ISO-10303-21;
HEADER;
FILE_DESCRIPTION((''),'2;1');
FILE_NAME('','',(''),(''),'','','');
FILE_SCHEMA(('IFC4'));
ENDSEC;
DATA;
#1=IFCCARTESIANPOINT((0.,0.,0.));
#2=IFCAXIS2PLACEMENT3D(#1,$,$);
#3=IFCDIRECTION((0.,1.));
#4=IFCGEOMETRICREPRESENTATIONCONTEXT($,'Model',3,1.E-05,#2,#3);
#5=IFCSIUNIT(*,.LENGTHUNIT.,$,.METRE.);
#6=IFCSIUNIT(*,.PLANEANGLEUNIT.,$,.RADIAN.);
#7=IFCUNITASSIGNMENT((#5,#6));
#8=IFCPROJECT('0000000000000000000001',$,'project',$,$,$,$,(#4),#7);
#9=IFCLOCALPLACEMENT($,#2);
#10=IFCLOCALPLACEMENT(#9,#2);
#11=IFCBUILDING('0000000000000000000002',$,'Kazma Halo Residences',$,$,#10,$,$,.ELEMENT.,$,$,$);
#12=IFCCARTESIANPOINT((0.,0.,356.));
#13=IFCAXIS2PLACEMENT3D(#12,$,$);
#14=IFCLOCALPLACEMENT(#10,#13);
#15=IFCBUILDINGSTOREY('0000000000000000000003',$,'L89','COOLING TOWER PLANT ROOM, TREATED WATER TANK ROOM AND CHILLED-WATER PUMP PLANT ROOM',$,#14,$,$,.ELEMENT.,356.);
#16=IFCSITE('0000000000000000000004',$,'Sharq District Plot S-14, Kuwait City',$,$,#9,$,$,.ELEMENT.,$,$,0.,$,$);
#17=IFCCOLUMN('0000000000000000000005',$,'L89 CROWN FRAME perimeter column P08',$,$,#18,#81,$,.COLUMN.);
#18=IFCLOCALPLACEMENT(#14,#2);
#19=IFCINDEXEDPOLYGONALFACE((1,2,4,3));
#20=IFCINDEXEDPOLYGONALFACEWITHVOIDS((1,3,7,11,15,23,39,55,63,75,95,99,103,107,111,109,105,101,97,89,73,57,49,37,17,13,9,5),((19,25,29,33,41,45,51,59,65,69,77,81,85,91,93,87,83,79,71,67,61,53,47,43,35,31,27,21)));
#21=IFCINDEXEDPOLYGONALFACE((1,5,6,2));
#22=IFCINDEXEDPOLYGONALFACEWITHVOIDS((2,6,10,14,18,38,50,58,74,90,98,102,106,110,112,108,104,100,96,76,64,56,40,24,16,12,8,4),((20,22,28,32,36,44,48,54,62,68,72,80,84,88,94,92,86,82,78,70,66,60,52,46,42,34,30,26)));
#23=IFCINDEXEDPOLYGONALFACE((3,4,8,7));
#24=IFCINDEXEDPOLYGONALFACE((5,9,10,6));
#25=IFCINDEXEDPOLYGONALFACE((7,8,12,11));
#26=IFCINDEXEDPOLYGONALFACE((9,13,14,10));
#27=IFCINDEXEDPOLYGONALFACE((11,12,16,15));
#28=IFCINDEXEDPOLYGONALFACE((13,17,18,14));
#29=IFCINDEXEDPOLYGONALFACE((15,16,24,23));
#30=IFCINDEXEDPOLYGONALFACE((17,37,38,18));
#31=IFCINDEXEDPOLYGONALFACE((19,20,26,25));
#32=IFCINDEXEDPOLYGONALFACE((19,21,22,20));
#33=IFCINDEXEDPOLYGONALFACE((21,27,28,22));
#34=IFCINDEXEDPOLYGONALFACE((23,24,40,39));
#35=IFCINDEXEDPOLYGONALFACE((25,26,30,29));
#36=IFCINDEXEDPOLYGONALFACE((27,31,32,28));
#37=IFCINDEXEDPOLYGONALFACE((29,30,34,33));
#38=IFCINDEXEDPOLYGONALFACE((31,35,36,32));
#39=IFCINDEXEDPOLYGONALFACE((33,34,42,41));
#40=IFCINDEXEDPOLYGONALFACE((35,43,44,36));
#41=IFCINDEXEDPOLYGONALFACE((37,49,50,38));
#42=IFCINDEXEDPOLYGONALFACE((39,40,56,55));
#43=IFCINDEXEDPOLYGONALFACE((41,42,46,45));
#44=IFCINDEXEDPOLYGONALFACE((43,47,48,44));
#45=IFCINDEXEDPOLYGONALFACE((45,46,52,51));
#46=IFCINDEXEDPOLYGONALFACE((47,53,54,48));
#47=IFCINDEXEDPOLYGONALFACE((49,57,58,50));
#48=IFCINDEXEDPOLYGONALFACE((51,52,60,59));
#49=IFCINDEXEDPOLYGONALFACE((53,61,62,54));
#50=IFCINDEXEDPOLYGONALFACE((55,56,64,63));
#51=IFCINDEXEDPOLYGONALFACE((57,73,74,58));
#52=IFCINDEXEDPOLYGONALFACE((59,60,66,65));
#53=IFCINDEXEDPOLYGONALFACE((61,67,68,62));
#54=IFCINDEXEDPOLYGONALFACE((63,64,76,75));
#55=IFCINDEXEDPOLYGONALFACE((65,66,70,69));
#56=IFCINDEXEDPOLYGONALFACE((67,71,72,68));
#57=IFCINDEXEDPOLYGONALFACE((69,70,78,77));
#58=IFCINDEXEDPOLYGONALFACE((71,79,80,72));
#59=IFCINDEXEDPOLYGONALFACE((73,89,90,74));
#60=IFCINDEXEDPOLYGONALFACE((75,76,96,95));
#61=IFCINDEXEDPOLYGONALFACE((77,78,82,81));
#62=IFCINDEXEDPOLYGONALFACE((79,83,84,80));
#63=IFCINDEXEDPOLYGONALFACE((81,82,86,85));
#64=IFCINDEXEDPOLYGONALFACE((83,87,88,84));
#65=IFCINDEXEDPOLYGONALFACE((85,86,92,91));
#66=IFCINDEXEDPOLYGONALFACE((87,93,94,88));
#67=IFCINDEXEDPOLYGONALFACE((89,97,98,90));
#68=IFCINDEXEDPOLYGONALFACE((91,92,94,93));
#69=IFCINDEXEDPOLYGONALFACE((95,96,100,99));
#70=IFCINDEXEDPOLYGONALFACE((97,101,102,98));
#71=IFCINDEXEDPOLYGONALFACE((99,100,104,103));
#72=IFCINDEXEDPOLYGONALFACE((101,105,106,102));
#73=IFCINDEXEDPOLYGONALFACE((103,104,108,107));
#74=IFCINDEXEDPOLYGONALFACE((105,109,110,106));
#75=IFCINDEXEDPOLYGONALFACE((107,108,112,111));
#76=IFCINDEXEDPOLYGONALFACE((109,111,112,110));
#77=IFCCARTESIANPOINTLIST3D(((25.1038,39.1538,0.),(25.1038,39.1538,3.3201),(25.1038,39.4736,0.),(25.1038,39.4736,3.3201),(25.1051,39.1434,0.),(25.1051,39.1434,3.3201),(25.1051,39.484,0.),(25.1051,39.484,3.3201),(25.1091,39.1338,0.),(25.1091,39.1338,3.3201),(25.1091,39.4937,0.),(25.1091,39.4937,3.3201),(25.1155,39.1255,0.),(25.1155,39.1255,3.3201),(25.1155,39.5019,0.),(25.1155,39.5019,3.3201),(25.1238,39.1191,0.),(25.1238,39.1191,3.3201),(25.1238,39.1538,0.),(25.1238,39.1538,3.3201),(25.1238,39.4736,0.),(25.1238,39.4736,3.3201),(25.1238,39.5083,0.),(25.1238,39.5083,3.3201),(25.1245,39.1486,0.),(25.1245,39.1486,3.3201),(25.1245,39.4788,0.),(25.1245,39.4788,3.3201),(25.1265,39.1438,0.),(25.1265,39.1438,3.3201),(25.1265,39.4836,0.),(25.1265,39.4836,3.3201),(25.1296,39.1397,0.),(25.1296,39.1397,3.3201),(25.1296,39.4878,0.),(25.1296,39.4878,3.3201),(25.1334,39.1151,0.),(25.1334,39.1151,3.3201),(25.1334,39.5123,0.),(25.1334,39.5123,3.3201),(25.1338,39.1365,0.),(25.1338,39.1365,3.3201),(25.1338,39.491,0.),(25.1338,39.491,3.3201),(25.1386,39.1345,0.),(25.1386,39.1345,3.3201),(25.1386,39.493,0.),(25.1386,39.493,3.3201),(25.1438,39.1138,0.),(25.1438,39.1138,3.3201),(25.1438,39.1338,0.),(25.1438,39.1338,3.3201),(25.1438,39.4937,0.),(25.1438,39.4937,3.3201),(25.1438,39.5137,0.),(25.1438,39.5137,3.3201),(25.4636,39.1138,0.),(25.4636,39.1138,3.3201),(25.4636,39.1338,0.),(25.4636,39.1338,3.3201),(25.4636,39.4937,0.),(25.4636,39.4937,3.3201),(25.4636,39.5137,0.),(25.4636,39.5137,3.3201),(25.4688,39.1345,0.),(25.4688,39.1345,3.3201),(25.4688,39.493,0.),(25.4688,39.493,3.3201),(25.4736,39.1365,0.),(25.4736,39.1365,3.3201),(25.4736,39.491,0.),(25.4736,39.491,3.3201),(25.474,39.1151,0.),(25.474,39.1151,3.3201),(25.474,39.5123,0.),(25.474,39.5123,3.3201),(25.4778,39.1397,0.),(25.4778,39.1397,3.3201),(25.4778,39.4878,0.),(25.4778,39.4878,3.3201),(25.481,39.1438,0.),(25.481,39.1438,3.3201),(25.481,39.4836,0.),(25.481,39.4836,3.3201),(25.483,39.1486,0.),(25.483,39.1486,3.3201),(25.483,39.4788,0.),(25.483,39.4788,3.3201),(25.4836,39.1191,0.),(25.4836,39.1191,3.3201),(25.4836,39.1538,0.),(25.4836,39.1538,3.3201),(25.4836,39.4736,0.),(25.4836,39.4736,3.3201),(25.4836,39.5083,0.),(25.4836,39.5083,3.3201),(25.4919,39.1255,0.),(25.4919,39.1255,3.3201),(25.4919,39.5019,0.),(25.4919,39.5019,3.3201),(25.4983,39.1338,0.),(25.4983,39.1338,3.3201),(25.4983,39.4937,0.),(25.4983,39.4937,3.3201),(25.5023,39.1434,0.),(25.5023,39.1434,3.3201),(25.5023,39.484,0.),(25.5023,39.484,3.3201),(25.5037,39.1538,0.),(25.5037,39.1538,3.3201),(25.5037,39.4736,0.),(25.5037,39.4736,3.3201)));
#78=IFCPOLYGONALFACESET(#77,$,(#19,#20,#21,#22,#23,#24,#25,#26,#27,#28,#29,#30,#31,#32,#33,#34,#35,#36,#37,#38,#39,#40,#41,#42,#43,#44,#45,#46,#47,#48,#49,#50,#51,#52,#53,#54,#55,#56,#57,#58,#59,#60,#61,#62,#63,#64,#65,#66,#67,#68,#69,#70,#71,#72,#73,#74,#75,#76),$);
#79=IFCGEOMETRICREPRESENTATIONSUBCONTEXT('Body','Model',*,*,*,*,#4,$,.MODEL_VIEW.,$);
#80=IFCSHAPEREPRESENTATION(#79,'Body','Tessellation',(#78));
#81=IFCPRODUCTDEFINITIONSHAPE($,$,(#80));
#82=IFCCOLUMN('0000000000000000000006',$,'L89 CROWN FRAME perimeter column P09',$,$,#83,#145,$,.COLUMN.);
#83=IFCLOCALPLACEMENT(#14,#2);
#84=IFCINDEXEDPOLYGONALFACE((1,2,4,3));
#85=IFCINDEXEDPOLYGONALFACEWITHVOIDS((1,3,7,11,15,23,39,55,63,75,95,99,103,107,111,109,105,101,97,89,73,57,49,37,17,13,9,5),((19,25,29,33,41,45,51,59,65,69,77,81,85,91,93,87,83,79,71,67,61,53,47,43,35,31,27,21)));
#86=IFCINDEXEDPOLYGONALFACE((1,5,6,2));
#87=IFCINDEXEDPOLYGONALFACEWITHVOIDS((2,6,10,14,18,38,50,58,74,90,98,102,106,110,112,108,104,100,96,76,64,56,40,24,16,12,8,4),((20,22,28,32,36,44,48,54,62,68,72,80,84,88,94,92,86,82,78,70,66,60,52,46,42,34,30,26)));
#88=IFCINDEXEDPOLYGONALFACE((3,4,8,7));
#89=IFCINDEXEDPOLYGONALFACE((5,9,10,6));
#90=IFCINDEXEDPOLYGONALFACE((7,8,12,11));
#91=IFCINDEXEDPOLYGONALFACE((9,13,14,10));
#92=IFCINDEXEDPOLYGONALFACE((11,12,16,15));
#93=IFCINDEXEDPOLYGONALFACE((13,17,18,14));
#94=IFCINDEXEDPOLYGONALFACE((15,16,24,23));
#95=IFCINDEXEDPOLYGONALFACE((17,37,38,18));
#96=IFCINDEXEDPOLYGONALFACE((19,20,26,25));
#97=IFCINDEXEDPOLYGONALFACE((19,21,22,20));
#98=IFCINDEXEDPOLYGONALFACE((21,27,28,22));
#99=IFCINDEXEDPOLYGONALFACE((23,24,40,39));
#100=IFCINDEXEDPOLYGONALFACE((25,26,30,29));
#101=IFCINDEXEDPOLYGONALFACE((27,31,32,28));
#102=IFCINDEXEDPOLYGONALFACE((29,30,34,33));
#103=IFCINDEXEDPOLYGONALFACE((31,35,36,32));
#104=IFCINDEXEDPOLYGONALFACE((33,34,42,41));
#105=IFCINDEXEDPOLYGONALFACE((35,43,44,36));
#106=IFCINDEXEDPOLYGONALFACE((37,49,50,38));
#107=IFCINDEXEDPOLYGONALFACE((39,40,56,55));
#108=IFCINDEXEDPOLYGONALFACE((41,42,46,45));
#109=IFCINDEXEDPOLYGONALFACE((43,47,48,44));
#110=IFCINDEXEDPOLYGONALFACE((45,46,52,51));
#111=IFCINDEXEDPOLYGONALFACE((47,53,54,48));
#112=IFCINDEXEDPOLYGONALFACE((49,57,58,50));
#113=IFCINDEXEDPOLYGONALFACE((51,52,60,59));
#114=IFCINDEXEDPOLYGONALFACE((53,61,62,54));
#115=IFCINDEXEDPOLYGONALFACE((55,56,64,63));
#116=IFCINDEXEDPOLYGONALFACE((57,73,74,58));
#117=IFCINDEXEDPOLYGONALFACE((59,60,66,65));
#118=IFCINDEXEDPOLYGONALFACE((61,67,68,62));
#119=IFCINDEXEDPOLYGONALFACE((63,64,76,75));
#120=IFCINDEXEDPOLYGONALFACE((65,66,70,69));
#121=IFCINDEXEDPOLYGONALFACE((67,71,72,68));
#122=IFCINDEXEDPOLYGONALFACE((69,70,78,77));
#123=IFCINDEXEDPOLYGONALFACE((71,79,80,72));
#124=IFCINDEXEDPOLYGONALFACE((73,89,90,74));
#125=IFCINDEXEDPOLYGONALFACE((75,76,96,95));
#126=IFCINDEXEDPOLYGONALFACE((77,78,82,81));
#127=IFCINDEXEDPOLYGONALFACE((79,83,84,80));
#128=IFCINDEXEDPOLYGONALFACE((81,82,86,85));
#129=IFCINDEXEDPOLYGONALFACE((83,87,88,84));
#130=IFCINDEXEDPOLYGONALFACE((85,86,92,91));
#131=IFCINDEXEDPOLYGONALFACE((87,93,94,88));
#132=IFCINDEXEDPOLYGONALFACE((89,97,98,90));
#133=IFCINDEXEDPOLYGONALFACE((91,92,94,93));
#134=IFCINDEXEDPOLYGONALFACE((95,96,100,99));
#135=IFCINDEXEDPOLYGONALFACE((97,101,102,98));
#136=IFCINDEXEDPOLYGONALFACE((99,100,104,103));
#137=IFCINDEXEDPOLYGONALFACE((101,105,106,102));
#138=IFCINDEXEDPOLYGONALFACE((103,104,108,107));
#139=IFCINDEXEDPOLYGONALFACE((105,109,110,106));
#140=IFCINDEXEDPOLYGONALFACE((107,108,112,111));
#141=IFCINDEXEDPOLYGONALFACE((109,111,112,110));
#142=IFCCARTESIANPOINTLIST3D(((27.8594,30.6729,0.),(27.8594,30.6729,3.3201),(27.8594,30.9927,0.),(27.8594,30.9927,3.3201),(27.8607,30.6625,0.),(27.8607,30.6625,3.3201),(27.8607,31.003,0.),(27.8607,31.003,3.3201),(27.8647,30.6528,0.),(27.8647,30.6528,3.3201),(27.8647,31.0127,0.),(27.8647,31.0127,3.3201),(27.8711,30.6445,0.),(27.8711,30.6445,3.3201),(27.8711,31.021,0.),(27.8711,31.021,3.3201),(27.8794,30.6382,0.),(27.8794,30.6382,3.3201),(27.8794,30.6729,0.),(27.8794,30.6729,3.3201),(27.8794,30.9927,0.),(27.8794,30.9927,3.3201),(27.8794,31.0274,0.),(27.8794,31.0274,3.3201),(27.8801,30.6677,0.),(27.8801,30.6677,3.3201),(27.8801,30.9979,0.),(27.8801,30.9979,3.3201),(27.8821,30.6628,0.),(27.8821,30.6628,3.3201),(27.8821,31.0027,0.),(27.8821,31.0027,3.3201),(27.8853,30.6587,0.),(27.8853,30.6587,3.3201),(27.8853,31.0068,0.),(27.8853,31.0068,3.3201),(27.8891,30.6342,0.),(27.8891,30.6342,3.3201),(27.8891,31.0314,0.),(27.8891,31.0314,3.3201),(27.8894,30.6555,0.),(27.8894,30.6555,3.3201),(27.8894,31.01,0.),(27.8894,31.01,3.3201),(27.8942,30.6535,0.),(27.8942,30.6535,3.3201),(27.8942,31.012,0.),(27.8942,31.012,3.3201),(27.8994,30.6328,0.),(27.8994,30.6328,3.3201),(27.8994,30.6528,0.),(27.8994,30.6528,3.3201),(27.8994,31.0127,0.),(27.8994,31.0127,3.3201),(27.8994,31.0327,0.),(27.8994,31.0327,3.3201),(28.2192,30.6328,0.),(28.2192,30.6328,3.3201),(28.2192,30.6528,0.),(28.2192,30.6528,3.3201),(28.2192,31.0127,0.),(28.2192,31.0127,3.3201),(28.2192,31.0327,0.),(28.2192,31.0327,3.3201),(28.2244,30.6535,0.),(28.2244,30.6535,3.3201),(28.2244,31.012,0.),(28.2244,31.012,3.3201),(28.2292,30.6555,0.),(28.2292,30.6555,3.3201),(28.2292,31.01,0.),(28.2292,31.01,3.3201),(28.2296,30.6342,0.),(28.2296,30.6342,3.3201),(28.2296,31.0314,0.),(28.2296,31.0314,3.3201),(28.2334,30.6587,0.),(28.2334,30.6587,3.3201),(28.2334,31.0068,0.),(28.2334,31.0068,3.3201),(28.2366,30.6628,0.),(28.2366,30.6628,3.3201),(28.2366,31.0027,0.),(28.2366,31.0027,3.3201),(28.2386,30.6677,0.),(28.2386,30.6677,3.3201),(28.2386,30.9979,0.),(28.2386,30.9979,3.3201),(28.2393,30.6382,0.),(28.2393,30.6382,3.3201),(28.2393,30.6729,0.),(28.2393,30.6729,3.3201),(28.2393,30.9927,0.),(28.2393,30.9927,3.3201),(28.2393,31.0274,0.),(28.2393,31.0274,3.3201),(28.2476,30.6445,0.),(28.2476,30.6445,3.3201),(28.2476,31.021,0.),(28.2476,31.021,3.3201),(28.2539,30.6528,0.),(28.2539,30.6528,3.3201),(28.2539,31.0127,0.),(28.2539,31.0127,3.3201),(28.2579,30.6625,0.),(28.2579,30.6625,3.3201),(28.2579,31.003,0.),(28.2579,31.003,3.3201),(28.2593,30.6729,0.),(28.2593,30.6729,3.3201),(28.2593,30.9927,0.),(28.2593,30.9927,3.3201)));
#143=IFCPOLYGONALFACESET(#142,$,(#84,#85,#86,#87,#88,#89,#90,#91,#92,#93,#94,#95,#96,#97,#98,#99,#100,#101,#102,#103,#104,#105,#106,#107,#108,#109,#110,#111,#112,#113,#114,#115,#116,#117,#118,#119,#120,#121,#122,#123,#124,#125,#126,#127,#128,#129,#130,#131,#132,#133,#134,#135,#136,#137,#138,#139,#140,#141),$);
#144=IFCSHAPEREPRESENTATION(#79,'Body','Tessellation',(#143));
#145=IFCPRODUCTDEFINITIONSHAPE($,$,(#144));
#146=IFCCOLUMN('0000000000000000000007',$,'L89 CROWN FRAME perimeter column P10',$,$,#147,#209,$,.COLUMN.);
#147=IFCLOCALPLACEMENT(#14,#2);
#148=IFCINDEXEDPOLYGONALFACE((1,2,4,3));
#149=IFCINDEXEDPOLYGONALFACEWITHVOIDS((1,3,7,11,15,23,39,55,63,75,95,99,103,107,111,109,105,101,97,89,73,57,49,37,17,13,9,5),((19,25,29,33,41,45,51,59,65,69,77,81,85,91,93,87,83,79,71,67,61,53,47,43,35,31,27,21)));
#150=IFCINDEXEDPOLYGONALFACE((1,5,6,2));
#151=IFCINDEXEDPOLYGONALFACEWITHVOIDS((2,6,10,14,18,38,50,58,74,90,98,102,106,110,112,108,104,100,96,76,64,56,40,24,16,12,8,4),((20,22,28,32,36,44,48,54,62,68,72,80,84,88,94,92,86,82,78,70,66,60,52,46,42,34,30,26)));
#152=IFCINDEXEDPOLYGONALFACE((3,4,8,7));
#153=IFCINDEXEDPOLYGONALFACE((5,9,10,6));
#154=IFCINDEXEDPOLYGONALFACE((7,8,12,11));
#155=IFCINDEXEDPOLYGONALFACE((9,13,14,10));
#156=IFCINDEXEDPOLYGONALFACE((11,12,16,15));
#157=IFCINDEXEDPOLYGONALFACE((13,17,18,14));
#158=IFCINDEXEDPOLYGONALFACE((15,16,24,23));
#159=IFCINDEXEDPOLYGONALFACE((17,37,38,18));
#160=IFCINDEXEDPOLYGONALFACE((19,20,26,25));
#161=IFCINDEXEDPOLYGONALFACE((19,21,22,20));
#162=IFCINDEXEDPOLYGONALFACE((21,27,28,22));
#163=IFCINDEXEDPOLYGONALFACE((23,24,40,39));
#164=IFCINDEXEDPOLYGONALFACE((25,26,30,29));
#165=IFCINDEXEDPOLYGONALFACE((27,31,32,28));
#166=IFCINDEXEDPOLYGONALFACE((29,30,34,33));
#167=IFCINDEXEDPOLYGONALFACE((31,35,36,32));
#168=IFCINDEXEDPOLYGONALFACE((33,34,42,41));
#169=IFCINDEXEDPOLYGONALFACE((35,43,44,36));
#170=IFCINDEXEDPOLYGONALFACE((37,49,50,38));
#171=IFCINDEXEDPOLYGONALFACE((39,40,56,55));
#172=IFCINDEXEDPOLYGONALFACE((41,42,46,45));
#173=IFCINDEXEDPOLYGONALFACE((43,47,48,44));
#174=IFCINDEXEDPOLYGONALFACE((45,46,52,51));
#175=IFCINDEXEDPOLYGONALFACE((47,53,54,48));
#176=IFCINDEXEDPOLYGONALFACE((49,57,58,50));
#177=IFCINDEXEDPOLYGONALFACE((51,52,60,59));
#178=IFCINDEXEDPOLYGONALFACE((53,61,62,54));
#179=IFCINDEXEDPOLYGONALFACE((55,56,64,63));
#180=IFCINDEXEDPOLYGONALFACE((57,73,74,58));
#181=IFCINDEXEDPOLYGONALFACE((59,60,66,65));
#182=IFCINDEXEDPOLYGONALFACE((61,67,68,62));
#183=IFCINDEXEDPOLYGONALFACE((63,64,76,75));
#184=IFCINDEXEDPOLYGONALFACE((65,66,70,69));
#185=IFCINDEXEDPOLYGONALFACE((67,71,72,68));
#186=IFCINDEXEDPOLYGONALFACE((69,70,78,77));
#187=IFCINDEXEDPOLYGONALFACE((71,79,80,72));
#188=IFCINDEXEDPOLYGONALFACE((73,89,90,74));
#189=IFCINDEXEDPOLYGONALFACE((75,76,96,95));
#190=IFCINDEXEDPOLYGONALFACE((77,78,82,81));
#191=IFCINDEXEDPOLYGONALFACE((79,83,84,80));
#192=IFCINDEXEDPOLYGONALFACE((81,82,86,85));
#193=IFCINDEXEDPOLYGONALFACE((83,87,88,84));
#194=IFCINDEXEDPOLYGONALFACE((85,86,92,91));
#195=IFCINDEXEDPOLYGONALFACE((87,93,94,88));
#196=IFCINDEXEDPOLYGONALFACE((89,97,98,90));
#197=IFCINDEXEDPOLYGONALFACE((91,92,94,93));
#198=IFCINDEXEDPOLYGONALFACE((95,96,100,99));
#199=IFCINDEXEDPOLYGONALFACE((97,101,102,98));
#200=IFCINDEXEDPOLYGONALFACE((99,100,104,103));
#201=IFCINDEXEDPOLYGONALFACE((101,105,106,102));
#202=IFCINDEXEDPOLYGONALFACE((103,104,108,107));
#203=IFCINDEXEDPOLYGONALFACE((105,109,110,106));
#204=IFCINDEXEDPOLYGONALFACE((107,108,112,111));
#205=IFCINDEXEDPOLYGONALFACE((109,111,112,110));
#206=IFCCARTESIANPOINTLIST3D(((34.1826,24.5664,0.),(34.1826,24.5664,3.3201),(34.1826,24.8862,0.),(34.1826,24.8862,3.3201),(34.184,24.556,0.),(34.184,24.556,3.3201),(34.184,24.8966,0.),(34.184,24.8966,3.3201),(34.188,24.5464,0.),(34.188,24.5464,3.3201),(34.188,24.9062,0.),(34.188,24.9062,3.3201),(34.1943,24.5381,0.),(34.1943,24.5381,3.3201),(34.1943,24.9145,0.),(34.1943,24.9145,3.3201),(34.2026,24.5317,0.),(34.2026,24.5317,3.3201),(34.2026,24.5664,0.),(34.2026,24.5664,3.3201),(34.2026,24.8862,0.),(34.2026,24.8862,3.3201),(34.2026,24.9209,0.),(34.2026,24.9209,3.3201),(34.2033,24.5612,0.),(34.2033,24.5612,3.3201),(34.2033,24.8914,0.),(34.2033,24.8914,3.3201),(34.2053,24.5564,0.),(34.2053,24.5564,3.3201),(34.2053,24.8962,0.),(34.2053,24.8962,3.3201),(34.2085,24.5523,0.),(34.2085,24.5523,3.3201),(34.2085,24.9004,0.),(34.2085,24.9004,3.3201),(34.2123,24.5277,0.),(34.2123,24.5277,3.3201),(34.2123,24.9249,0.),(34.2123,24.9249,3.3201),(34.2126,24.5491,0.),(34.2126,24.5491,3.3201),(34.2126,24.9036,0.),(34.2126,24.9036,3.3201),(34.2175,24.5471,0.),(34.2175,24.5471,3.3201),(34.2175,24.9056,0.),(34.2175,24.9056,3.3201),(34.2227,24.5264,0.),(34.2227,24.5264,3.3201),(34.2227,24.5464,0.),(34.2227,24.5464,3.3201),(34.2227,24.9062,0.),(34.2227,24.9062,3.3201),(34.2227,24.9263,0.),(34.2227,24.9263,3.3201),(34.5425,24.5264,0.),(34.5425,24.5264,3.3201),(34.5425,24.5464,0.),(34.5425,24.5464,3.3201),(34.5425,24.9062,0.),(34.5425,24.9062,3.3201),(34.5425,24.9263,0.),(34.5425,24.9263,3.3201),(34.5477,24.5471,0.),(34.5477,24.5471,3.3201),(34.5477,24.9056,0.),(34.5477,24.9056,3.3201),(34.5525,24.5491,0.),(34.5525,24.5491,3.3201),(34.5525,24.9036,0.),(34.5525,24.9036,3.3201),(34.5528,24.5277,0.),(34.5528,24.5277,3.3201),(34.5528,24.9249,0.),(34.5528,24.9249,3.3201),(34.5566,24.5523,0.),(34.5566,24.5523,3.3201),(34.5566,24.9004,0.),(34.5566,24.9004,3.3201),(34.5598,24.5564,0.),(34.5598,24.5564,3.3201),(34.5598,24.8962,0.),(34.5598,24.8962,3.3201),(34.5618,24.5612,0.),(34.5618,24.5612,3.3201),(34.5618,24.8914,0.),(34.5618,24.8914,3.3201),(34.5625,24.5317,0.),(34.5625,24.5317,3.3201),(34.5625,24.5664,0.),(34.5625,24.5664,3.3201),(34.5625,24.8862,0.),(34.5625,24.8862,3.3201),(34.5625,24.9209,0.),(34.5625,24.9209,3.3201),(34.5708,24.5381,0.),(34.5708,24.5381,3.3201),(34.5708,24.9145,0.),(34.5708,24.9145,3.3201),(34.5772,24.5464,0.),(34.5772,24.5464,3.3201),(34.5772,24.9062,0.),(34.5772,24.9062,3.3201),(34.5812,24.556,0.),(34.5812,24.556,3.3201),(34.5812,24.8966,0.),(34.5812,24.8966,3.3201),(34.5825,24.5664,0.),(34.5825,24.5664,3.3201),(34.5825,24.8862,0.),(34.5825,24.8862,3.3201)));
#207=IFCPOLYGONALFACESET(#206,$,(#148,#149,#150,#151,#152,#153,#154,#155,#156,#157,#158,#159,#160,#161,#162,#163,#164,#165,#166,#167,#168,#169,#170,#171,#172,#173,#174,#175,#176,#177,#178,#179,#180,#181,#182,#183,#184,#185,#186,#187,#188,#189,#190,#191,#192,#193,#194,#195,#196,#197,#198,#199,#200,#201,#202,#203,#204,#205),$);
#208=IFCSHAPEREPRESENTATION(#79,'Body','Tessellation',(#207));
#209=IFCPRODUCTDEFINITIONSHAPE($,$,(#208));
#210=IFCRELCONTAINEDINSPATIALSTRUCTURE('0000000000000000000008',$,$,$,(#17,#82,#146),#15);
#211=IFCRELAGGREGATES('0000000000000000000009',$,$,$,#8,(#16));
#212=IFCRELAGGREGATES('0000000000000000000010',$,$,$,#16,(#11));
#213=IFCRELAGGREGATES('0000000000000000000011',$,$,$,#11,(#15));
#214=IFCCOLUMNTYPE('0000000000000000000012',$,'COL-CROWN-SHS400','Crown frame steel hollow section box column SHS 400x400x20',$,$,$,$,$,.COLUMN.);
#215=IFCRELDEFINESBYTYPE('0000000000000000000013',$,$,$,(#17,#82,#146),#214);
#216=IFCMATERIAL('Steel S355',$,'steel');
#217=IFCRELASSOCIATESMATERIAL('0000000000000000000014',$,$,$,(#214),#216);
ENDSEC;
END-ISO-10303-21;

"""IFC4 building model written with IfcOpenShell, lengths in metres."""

from ifc_helpers import new_model, si_unit, direction, frame, origin, origin_2d, place, context, subcontext, project, spatial, hollow_rectangle, extrude, material, material_profile, profile_set, type_object, element, save


model = new_model("IFC4")

# Units and contexts
model_context = context("Model", 3, precision=1e-05, world=origin(), true_north=direction((0.0, 1.0)))
body_context = subcontext(model_context, "Body", "Model", "MODEL_VIEW")
ifc_project = project(units=[si_unit("LENGTHUNIT", "METRE"), si_unit("PLANEANGLEUNIT", "RADIAN")], contexts=[model_context])

# Site, building, storey
site_placement = place(None, origin())
site = spatial("IfcSite", under=ifc_project, at=site_placement, Name="Sharq District Plot S-14, Kuwait City", CompositionType="ELEMENT", RefElevation=0.0)
building_placement = place(site_placement, origin())
building = spatial("IfcBuilding", under=site, at=building_placement, Name="Kazma Halo Residences", CompositionType="ELEMENT")
storey_placement = place(building_placement, frame((0.0, 0.0, 356.0)))
storey = spatial("IfcBuildingStorey", under=building, at=storey_placement, Name="L89", Description="COOLING TOWER PLANT ROOM, TREATED WATER TANK ROOM AND CHILLED-WATER PUMP PLANT ROOM", CompositionType="ELEMENT", Elevation=356.0)

# Columns
ifc_material_1 = material(Name="Steel S355", Category="steel")
ifc_material_profile_1 = material_profile(ifc_material_1, hollow_rectangle(XDim=0.3999, YDim=0.3999, WallThickness=0.02, InnerFilletRadius=0.02, OuterFilletRadius=0.04, at=origin_2d()), Name="SHS400x400x20")
ifc_profile_set_1 = profile_set([ifc_material_profile_1], Name="Steel S355")
column_type = type_object("IfcColumnType", Name="COL-CROWN-SHS400", Description="Crown frame steel hollow section box column SHS 400x400x20", PredefinedType="COLUMN", material=ifc_profile_set_1)
for number, where, z_axis, x_axis, name in (
    (1, (25.3037, 39.3137, 0.0), (0.0, 0.0, 1.0), (1.0, 0.0, 0.0), "L89 CROWN FRAME perimeter column P08"),
    (2, (28.0593, 30.8328, 0.0), (0.0, 0.0, 1.0), (1.0, 0.0, 0.0), "L89 CROWN FRAME perimeter column P09"),
    (3, (34.3826, 24.7263, 0.0), (0.0, 0.0, 1.0), (1.0, 0.0, 0.0), "L89 CROWN FRAME perimeter column P10"),
):
    element("IfcColumn", number, at=place(storey_placement, frame(where, z_axis=z_axis, x_axis=x_axis)), inside=storey, type_object=column_type, Name=name, PredefinedType="COLUMN", context=body_context, shape_type="SweptSolid", body=[
        extrude(hollow_rectangle(XDim=0.3999, YDim=0.3999, WallThickness=0.02, InnerFilletRadius=0.02, OuterFilletRadius=0.04, at=origin_2d()), origin(), (0.0, 0.0, 1.0), 3.3201),
    ])

save(model, "model.ifc")
